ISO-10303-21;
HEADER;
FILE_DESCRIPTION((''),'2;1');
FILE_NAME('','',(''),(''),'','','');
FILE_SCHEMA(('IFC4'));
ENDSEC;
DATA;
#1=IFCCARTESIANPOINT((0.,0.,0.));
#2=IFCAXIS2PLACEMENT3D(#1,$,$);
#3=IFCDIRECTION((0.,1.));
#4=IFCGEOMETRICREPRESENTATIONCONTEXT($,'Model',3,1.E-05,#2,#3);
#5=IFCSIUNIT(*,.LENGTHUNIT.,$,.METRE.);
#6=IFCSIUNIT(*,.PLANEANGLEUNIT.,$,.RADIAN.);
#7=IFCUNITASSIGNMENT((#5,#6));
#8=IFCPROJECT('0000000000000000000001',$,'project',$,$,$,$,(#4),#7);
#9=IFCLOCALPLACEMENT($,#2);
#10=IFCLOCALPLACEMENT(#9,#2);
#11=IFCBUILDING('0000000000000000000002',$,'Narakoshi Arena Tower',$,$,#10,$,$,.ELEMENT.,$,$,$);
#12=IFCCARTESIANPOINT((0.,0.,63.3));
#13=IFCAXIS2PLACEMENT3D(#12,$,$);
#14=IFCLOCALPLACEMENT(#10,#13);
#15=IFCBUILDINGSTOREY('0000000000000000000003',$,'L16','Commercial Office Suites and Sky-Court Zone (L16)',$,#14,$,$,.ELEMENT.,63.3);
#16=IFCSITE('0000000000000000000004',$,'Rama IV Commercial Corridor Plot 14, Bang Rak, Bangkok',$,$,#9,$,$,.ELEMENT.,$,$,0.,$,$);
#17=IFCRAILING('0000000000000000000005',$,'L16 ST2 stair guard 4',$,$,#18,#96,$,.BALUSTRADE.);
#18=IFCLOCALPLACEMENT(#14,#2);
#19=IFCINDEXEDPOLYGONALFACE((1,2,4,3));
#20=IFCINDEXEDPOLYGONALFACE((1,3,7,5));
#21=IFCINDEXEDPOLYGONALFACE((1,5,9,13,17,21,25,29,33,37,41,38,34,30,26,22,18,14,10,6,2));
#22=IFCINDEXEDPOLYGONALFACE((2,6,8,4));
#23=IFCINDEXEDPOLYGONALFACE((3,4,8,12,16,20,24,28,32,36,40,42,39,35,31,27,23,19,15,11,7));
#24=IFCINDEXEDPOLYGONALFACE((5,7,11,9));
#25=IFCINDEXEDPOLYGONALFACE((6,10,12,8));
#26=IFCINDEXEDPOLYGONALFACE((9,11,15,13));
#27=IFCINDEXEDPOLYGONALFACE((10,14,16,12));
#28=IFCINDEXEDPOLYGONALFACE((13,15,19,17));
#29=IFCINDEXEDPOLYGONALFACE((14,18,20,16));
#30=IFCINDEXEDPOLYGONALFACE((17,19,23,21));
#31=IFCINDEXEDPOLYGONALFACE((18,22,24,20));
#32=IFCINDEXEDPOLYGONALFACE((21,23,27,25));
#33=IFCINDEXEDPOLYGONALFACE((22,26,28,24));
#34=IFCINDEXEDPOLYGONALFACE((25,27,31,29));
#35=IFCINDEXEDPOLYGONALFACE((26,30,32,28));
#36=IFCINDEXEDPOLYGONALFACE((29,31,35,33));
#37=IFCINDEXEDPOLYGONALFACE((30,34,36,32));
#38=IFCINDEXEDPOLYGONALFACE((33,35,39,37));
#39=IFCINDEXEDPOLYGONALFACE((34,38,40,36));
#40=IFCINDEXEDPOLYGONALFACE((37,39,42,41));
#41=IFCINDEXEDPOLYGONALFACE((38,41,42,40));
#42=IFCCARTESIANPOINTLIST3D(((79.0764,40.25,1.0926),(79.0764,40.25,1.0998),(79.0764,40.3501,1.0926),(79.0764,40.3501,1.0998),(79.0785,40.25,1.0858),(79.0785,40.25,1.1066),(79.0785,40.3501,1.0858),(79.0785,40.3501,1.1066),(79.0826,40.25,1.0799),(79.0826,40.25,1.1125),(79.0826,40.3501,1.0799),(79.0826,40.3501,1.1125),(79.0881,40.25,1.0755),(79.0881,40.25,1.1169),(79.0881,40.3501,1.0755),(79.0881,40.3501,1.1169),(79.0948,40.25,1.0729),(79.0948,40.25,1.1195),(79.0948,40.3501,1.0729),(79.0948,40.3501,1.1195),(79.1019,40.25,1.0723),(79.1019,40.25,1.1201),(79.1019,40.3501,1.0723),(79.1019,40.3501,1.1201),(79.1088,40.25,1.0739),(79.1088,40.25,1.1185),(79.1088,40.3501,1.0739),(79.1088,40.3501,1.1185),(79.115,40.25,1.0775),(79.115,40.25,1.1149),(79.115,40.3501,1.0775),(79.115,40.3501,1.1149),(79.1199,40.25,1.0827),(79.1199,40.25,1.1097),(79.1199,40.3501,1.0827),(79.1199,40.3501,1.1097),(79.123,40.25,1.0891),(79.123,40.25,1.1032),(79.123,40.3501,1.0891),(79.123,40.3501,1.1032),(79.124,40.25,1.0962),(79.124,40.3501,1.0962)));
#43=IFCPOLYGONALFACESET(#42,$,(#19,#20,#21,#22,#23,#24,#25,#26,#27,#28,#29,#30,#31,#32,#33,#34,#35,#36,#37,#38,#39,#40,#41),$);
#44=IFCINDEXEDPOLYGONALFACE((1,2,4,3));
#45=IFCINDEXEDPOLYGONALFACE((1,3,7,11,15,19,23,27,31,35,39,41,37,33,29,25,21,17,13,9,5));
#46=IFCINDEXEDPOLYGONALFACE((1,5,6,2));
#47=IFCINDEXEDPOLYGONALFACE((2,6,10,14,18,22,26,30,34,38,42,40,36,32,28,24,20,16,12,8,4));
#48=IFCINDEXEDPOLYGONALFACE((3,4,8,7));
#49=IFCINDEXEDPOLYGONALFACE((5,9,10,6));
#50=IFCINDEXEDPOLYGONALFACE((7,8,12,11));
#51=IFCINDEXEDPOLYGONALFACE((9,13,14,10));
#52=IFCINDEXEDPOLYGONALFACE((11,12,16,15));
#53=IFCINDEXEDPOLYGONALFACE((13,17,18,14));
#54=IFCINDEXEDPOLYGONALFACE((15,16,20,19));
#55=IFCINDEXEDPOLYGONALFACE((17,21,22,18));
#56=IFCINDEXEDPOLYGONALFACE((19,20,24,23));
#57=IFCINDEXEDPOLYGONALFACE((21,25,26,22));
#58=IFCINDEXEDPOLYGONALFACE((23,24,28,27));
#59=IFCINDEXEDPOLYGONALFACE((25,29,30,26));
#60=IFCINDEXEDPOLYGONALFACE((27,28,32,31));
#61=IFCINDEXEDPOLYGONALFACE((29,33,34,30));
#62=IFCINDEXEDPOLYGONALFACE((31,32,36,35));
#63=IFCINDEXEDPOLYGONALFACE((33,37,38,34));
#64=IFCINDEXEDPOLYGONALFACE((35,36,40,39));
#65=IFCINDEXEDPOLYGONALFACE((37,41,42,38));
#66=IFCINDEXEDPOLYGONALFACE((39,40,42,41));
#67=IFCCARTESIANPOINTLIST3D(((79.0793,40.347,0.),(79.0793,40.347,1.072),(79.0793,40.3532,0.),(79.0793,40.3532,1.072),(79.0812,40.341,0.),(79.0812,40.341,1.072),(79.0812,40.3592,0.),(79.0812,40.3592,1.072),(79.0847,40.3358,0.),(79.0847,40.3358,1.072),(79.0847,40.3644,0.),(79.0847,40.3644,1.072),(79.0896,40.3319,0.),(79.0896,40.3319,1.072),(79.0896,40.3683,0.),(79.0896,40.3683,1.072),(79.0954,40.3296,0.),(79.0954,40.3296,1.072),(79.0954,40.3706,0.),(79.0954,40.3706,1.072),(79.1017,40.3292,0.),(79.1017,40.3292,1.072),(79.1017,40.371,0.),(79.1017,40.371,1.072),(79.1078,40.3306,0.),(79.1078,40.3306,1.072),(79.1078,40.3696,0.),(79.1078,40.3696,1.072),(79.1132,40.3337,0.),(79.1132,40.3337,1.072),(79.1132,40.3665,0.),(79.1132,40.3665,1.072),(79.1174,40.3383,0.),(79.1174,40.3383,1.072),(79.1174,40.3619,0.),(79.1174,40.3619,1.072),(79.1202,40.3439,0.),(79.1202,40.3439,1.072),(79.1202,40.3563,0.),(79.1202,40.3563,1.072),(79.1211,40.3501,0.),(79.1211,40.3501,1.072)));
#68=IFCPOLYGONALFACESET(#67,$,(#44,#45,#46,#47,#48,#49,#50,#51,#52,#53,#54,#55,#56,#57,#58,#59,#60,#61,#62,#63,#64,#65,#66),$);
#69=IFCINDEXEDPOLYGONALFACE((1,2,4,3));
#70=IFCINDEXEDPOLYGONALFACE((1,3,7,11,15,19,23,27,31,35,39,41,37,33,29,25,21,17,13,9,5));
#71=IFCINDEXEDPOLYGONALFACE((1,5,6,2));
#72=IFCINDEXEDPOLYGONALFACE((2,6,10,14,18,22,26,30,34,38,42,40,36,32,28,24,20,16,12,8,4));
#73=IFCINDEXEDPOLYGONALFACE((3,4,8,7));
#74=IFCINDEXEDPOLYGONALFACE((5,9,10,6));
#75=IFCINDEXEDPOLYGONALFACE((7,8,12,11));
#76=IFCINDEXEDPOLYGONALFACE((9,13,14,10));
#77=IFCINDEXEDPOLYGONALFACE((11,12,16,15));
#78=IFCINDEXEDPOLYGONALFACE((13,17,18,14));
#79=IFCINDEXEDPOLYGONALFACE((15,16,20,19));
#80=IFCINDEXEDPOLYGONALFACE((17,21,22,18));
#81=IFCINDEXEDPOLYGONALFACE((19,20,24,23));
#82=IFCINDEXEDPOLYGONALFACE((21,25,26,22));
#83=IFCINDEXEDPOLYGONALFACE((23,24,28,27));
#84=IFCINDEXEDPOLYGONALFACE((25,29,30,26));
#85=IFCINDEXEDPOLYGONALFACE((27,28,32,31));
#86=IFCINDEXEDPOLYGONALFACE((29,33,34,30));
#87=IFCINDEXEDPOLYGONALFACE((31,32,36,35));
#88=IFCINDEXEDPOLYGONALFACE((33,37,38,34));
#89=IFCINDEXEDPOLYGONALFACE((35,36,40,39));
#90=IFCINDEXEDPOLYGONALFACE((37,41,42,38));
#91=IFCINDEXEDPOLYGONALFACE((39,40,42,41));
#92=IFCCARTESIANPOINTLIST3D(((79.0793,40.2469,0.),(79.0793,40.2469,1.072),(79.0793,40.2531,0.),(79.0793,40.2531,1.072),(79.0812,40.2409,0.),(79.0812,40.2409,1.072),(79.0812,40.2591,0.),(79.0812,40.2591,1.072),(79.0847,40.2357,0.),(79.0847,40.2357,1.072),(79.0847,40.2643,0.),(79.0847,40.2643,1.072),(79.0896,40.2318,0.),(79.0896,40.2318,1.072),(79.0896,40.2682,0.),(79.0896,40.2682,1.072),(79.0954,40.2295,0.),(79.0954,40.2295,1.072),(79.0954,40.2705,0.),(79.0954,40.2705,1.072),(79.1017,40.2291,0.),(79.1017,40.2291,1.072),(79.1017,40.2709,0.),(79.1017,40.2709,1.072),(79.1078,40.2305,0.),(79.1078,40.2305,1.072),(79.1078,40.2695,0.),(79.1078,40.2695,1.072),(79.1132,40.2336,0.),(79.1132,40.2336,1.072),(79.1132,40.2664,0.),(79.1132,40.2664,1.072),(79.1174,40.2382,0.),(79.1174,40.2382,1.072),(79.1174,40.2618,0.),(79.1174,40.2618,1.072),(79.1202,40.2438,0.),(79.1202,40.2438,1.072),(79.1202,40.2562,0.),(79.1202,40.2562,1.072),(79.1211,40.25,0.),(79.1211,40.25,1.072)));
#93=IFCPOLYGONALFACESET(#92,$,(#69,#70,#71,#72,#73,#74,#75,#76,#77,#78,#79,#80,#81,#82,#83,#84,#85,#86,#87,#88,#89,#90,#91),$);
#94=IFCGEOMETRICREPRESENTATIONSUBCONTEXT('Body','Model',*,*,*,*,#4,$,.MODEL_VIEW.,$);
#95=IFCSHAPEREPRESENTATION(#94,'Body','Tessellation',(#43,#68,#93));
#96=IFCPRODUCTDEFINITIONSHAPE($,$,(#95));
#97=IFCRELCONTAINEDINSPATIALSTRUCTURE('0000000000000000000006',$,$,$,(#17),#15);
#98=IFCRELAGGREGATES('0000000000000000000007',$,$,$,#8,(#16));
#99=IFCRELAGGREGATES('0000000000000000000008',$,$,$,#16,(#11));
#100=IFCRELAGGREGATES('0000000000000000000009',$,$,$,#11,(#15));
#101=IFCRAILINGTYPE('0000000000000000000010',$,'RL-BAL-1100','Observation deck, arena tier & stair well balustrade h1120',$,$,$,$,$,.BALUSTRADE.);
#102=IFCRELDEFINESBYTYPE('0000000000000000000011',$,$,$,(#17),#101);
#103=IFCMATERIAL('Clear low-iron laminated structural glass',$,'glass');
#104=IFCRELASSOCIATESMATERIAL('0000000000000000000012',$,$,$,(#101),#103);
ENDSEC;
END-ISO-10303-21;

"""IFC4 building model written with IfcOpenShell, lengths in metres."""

from ifc_helpers import new_model, si_unit, direction, frame, origin, origin_2d, place, context, subcontext, project, spatial, circle, extrude, material, type_object, element, save


model = new_model("IFC4")

# Units and contexts
model_context = context("Model", 3, precision=1e-05, world=origin(), true_north=direction((0.0, 1.0)))
body_context = subcontext(model_context, "Body", "Model", "MODEL_VIEW")
ifc_project = project(units=[si_unit("LENGTHUNIT", "METRE"), si_unit("PLANEANGLEUNIT", "RADIAN")], contexts=[model_context])

# Site, building, storey
site_placement = place(None, origin())
site = spatial("IfcSite", under=ifc_project, at=site_placement, Name="Rama IV Commercial Corridor Plot 14, Bang Rak, Bangkok", CompositionType="ELEMENT", RefElevation=0.0)
building_placement = place(site_placement, origin())
building = spatial("IfcBuilding", under=site, at=building_placement, Name="Narakoshi Arena Tower", CompositionType="ELEMENT")
storey_placement = place(building_placement, frame((0.0, 0.0, 63.3)))
storey = spatial("IfcBuildingStorey", under=building, at=storey_placement, Name="L16", Description="Commercial Office Suites and Sky-Court Zone (L16)", CompositionType="ELEMENT", Elevation=63.3)

# Railing
ifc_material_1 = material(Name="Clear low-iron laminated structural glass", Category="glass")
railing_type_1 = type_object("IfcRailingType", Name="RL-BAL-1100", Description="Observation deck, arena tier & stair well balustrade h1120", PredefinedType="BALUSTRADE", material=ifc_material_1)
railing_1_placement = place(storey_placement, frame((79.1001, 40.3501, 0.0)))
element("IfcRailing", 1, at=railing_1_placement, inside=storey, type_object=railing_type_1, Name="L16 ST2 stair guard 4", PredefinedType="BALUSTRADE", context=body_context, shape_type="SweptSolid", body=[
    extrude(circle(Radius=0.0239, at=origin_2d()), frame((0.0, 0.0, 1.0962), z_axis=(0.0, -1.0, 0.0), x_axis=(1.0, 0.0, 0.0)), (0.0, 0.0, 1.0), 0.1001),
    extrude(circle(Radius=0.021, at=origin_2d()), origin(), (0.0, 0.0, 1.0), 1.072),
    extrude(circle(Radius=0.021, at=origin_2d()), frame((0.0, -0.1001, 0.0)), (0.0, 0.0, 1.0), 1.072),
])

save(model, "model.ifc")
